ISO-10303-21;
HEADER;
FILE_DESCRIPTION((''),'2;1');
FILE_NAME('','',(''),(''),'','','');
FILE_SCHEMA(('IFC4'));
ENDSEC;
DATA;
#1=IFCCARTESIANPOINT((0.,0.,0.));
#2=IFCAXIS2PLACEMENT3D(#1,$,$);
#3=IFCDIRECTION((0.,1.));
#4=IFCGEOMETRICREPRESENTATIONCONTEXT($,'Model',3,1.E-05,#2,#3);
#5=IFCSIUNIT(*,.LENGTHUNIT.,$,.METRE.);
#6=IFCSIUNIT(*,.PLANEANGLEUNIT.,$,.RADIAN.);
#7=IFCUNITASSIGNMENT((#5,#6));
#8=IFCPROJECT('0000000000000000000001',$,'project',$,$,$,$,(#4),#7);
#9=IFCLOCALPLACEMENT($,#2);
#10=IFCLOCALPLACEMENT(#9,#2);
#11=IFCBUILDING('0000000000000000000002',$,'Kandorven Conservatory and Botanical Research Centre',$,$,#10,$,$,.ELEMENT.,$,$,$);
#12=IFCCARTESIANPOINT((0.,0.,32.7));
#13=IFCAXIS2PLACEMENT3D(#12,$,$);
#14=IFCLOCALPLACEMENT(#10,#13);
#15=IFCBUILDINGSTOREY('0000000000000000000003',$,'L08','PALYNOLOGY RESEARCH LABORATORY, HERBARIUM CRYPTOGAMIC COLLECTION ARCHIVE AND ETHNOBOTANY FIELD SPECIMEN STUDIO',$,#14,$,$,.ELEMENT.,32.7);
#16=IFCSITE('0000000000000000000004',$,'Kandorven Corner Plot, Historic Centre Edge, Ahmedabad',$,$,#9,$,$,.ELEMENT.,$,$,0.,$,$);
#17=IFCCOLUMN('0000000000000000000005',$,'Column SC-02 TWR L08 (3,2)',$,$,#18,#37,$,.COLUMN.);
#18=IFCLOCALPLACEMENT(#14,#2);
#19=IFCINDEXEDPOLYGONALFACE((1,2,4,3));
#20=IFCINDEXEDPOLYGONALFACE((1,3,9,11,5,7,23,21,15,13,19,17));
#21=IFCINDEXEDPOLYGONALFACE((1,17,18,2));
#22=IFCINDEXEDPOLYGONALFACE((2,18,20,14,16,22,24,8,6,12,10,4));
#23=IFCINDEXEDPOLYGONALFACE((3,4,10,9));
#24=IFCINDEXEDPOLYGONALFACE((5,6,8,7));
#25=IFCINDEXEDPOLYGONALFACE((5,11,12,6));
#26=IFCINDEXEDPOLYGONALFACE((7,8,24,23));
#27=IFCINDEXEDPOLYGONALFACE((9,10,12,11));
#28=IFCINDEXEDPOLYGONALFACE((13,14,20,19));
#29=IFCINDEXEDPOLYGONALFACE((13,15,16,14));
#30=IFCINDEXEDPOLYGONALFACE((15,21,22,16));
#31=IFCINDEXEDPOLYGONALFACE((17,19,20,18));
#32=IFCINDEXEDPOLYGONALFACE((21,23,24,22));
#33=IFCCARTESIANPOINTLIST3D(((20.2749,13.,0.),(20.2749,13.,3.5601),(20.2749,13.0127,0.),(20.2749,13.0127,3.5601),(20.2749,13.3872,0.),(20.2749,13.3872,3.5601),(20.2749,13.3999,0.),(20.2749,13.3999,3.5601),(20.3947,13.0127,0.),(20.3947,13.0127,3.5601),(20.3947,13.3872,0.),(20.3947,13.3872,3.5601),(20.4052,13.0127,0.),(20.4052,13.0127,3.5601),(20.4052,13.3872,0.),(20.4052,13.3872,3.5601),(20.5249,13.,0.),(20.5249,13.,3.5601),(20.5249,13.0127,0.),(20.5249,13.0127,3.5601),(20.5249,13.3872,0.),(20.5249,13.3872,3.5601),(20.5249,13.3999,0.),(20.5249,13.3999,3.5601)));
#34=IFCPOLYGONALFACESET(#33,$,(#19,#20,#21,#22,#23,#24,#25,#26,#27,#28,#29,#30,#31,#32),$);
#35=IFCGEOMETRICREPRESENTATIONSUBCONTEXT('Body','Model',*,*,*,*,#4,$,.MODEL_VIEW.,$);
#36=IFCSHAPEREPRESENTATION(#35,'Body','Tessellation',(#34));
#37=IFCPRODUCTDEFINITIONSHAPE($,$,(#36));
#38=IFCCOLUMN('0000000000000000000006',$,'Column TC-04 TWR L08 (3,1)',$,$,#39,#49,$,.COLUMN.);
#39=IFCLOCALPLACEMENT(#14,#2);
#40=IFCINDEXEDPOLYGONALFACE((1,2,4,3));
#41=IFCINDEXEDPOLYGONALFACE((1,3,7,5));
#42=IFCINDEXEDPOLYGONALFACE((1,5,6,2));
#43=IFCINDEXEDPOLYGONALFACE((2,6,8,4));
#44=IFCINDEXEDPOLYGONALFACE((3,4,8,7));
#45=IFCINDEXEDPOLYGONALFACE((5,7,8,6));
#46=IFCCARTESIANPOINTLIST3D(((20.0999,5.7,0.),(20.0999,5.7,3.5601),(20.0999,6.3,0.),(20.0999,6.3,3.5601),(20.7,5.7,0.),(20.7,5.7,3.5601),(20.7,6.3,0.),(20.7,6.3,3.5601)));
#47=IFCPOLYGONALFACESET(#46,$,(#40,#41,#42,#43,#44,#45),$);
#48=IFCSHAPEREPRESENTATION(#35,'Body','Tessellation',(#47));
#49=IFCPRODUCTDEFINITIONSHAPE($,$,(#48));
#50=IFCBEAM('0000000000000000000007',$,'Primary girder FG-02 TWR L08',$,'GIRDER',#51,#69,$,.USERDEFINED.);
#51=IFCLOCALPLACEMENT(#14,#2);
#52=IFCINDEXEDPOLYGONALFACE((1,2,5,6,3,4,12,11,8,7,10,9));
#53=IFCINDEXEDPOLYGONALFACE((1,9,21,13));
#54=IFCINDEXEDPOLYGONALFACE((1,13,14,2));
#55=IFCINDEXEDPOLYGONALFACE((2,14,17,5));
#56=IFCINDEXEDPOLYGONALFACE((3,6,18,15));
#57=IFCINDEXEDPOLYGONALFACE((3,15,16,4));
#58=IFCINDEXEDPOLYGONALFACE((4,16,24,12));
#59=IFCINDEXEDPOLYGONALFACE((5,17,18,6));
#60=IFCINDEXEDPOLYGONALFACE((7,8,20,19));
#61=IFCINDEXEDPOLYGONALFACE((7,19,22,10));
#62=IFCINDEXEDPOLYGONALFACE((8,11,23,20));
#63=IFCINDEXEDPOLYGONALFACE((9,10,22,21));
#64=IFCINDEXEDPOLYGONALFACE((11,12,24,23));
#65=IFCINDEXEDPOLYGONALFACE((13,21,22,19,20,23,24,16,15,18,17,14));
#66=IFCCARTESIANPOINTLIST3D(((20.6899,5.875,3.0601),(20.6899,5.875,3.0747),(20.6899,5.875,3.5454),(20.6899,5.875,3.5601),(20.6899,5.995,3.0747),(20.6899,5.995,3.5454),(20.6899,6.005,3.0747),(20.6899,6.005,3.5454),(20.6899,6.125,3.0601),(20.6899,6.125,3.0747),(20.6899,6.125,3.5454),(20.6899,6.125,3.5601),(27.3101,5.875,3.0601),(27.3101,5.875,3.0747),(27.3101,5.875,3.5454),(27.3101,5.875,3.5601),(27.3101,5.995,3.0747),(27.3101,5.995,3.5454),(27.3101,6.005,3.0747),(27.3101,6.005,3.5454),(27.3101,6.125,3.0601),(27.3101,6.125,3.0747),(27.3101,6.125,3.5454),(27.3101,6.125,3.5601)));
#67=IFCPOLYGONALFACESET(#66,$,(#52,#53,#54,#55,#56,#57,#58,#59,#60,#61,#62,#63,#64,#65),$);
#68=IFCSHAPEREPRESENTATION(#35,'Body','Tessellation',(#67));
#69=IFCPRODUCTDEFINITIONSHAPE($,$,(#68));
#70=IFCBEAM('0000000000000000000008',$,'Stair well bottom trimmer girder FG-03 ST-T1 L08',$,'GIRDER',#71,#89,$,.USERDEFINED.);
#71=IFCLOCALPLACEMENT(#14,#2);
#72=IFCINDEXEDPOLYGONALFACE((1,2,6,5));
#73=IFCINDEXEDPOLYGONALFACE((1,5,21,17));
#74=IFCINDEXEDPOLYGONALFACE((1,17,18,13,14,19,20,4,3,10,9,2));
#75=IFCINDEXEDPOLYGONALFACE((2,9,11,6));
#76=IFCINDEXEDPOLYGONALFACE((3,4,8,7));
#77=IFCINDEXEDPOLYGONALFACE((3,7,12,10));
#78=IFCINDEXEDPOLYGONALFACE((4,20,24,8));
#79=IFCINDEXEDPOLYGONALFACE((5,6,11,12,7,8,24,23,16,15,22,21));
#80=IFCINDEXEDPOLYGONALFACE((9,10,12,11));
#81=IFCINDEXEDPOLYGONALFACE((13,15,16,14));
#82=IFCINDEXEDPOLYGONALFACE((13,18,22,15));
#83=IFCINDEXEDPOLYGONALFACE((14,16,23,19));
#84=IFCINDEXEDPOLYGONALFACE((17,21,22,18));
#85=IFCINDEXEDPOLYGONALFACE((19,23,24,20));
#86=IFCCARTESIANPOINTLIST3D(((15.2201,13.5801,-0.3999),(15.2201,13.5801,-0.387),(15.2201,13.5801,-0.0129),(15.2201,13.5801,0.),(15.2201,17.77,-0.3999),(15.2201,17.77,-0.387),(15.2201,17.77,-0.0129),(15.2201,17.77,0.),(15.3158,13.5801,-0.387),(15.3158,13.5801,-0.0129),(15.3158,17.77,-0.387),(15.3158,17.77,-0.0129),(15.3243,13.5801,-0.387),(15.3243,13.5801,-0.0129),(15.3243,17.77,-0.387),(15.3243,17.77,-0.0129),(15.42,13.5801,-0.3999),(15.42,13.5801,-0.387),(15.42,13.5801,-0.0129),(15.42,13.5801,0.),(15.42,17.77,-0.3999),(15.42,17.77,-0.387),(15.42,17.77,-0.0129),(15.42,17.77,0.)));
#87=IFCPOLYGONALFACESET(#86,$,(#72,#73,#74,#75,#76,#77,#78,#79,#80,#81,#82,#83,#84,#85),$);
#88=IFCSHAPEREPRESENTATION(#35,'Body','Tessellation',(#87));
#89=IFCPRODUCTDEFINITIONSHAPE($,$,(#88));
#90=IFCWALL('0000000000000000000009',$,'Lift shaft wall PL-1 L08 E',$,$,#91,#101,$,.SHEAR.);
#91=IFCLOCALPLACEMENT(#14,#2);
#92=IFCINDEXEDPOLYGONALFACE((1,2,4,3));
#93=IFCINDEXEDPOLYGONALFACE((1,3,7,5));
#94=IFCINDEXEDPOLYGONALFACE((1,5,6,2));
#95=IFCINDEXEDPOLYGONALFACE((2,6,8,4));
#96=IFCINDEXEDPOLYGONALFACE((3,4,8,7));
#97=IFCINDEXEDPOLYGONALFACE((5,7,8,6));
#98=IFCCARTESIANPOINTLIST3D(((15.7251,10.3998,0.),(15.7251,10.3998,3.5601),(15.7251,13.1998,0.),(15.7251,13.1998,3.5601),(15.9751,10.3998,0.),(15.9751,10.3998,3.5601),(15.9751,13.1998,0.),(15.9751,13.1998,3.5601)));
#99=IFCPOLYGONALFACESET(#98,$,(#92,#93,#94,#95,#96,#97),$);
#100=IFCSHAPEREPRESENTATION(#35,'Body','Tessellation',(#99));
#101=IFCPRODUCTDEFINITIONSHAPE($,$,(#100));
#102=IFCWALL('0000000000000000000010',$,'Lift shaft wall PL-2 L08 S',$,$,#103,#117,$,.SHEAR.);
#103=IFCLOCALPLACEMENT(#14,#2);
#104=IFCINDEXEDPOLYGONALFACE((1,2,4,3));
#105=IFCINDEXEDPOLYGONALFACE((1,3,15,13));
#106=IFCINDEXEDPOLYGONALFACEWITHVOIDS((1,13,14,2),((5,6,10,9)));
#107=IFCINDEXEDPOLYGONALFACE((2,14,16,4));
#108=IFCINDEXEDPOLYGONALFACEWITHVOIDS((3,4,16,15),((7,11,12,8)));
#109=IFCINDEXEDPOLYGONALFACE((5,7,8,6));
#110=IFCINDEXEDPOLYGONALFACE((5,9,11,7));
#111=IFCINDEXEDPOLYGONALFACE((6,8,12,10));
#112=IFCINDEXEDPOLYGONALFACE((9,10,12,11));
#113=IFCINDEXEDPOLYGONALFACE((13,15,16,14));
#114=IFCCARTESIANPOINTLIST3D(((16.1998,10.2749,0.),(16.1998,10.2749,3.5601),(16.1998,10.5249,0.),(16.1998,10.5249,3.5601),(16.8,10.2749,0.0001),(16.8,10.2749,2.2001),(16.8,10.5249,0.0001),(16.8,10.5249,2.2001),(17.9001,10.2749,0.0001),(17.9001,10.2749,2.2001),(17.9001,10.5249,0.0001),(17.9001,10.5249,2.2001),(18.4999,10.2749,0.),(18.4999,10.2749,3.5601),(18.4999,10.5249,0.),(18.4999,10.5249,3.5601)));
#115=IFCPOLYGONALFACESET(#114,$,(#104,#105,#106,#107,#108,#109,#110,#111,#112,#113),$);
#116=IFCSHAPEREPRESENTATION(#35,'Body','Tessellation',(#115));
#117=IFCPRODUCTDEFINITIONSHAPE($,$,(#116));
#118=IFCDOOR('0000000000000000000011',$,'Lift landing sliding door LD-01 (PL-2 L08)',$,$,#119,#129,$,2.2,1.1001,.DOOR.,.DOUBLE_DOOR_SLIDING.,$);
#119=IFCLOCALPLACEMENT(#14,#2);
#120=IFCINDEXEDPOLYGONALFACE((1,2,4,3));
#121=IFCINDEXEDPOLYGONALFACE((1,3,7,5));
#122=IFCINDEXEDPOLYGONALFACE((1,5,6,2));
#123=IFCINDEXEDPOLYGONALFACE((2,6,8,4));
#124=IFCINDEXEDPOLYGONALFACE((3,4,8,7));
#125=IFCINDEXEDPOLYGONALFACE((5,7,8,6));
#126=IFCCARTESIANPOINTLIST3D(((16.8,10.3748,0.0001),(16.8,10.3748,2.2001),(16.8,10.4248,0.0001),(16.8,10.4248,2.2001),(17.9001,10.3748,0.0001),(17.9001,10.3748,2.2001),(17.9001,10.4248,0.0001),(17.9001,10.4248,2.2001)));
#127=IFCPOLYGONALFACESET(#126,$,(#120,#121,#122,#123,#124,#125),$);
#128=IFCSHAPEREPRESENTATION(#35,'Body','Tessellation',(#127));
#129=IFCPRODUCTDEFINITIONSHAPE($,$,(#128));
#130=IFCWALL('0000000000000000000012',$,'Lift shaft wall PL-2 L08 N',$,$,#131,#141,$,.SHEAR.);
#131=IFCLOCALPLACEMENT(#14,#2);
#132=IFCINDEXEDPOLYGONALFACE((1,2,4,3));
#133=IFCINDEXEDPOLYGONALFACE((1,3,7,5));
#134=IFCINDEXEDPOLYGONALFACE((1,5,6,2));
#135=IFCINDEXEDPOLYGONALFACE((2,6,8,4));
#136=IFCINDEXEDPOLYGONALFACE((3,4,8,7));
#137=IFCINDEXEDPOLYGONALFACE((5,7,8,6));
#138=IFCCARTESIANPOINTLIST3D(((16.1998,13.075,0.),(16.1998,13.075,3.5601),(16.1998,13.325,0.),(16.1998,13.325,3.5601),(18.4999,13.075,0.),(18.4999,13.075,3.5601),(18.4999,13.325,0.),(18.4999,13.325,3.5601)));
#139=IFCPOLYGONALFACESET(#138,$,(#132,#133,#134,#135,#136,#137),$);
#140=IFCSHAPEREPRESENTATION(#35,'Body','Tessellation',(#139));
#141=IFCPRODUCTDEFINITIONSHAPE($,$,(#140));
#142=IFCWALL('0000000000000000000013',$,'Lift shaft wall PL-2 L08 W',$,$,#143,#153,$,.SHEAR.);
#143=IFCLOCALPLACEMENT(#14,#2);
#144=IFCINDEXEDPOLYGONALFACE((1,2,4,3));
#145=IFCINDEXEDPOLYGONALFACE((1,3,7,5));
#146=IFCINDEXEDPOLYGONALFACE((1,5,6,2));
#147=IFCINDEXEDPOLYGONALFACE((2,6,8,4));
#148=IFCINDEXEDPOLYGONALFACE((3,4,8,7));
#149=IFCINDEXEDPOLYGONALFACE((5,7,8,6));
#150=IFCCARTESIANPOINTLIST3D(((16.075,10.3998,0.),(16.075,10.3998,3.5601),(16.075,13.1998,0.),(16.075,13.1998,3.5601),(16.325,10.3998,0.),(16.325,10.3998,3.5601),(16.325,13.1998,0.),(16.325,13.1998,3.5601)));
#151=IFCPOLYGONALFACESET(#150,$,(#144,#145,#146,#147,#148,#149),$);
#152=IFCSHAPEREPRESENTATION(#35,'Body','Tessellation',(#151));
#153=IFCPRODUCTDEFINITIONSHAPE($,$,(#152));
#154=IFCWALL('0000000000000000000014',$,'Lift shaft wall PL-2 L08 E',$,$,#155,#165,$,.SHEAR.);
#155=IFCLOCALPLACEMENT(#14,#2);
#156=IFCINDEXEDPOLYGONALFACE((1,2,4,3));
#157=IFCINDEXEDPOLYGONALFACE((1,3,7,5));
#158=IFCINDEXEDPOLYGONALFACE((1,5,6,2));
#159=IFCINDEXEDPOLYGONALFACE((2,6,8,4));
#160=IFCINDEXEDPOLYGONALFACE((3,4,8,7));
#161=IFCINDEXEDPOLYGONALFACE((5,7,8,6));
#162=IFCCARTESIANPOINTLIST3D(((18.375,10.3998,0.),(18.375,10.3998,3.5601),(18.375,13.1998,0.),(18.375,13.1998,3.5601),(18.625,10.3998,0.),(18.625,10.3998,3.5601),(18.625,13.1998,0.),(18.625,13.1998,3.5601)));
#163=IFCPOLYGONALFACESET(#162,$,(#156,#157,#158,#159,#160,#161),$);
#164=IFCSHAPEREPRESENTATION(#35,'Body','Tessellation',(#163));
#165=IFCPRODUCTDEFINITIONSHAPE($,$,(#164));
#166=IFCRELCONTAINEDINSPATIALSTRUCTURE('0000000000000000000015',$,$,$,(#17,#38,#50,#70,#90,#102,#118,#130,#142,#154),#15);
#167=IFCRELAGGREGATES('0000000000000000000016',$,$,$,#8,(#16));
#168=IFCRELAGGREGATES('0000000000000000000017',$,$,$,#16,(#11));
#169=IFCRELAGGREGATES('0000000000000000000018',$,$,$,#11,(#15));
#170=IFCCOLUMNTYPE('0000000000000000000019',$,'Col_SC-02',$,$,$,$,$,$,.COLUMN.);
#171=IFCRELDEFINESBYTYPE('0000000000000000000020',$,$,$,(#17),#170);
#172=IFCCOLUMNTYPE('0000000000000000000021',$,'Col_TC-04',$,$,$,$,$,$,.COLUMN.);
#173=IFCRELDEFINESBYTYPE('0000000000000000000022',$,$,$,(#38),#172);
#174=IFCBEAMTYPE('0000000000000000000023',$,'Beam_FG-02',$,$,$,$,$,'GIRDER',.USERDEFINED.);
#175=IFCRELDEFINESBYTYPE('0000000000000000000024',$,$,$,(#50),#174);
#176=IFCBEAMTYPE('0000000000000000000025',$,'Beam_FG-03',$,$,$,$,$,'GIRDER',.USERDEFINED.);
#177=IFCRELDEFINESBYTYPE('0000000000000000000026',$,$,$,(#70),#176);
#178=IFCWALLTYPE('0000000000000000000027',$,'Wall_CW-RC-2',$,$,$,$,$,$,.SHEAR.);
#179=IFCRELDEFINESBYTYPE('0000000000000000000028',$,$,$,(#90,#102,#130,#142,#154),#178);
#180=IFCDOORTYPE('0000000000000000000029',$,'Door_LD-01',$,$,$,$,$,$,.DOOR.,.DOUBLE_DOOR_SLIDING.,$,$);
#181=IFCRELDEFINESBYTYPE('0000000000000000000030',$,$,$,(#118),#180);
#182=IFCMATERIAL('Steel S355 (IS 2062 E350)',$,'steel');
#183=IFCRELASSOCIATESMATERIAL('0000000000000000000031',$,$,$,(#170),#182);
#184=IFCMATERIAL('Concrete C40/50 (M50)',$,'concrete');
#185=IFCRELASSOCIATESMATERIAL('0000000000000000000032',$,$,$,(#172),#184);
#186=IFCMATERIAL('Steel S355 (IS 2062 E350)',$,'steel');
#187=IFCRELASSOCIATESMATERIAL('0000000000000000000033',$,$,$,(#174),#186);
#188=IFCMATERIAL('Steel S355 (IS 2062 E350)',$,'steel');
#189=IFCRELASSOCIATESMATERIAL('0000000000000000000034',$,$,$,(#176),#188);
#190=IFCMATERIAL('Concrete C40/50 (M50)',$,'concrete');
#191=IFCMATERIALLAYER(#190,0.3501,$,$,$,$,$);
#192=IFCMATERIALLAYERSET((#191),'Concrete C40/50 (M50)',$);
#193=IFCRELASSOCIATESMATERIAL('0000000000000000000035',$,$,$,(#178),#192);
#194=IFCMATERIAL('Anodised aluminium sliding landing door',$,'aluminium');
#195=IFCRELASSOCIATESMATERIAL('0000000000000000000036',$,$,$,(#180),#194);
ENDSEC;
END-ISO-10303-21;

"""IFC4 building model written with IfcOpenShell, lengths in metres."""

from ifc_helpers import new_model, si_unit, direction, frame, frame_2d, origin, origin_2d, place, context, subcontext, project, spatial, rectangle, i_section, extrude, material, layer, layer_set, material_profile, profile_set, type_object, element, fill, save


model = new_model("IFC4")

# Units and contexts
model_context = context("Model", 3, precision=1e-05, world=origin(), true_north=direction((0.0, 1.0)))
body_context = subcontext(model_context, "Body", "Model", "MODEL_VIEW")
ifc_project = project(units=[si_unit("LENGTHUNIT", "METRE"), si_unit("PLANEANGLEUNIT", "RADIAN")], contexts=[model_context])

# Site, building, storey
site_placement = place(None, origin())
site = spatial("IfcSite", under=ifc_project, at=site_placement, Name="Kandorven Corner Plot, Historic Centre Edge, Ahmedabad", CompositionType="ELEMENT", RefElevation=0.0)
building_placement = place(site_placement, origin())
building = spatial("IfcBuilding", under=site, at=building_placement, Name="Kandorven Conservatory and Botanical Research Centre", CompositionType="ELEMENT")
storey_placement = place(building_placement, frame((0.0, 0.0, 32.7)))
storey = spatial("IfcBuildingStorey", under=building, at=storey_placement, Name="L08", Description="PALYNOLOGY RESEARCH LABORATORY, HERBARIUM CRYPTOGAMIC COLLECTION ARCHIVE AND ETHNOBOTANY FIELD SPECIMEN STUDIO", CompositionType="ELEMENT", Elevation=32.7)

# Columns
ifc_material_1 = material(Name="Steel S355 (IS 2062 E350)", Category="steel")
ifc_material_profile_1 = material_profile(ifc_material_1, i_section(OverallWidth=0.25, OverallDepth=0.3999, WebThickness=0.0105, FlangeThickness=0.0127, at=origin_2d()))
ifc_profile_set_1 = profile_set([ifc_material_profile_1], Name="Steel S355 (IS 2062 E350)")
column_type_1 = type_object("IfcColumnType", Name="Col_SC-02", PredefinedType="COLUMN", material=ifc_profile_set_1)
column_1_placement = place(storey_placement, frame((20.3999, 13.2, 0.0), z_axis=(0.0, 0.0, 1.0), x_axis=(1.0, 0.0, 0.0)))
element("IfcColumn", 1, at=column_1_placement, inside=storey, type_object=column_type_1, Name="Column SC-02 TWR L08 (3,2)", PredefinedType="COLUMN", context=body_context, shape_type="SweptSolid", body=[
    extrude(i_section(OverallWidth=0.25, OverallDepth=0.3999, WebThickness=0.0105, FlangeThickness=0.0127, at=origin_2d()), origin(), (0.0, 0.0, 1.0), 3.5601),
])
ifc_material_2 = material(Name="Concrete C40/50 (M50)", Category="concrete")
ifc_material_profile_2 = material_profile(ifc_material_2, rectangle(XDim=0.6001, YDim=0.6001, at=origin_2d()))
ifc_profile_set_2 = profile_set([ifc_material_profile_2], Name="Concrete C40/50 (M50)")
column_type_2 = type_object("IfcColumnType", Name="Col_TC-04", PredefinedType="COLUMN", material=ifc_profile_set_2)
column_2_placement = place(storey_placement, frame((20.3999, 6.0, 0.0), z_axis=(0.0, 0.0, 1.0), x_axis=(1.0, 0.0, 0.0)))
element("IfcColumn", 2, at=column_2_placement, inside=storey, type_object=column_type_2, Name="Column TC-04 TWR L08 (3,1)", PredefinedType="COLUMN", context=body_context, shape_type="SweptSolid", body=[
    extrude(rectangle(XDim=0.6001, YDim=0.6001, at=origin_2d()), origin(), (0.0, 0.0, 1.0), 3.5601),
])

# Beams
ifc_material_3 = material(Name="Steel S355 (IS 2062 E350)", Category="steel")
ifc_material_profile_3 = material_profile(ifc_material_3, i_section(OverallWidth=0.25, OverallDepth=0.5, WebThickness=0.01, FlangeThickness=0.0146, at=origin_2d()))
ifc_profile_set_3 = profile_set([ifc_material_profile_3], Name="Steel S355 (IS 2062 E350)")
beam_type_1 = type_object("IfcBeamType", Name="Beam_FG-02", ElementType="GIRDER", PredefinedType="USERDEFINED", material=ifc_profile_set_3)
beam_1_placement = place(storey_placement, frame((20.6899, 6.0, 3.3101), z_axis=(1.0, 0.0, 0.0), x_axis=(0.0, 1.0, 0.0)))
element("IfcBeam", 3, at=beam_1_placement, inside=storey, type_object=beam_type_1, Name="Primary girder FG-02 TWR L08", ObjectType="GIRDER", PredefinedType="USERDEFINED", context=body_context, shape_type="SweptSolid", body=[
    extrude(i_section(OverallWidth=0.25, OverallDepth=0.5, WebThickness=0.01, FlangeThickness=0.0146, at=origin_2d()), origin(), (0.0, 0.0, 1.0), 6.6201),
])
ifc_material_4 = material(Name="Steel S355 (IS 2062 E350)", Category="steel")
ifc_material_profile_4 = material_profile(ifc_material_4, i_section(OverallWidth=0.2, OverallDepth=0.3999, WebThickness=0.0085, FlangeThickness=0.0129, at=origin_2d()))
ifc_profile_set_4 = profile_set([ifc_material_profile_4], Name="Steel S355 (IS 2062 E350)")
beam_type_2 = type_object("IfcBeamType", Name="Beam_FG-03", ElementType="GIRDER", PredefinedType="USERDEFINED", material=ifc_profile_set_4)
beam_2_placement = place(storey_placement, frame((15.3201, 13.5801, -0.2), z_axis=(0.0, 1.0, 0.0), x_axis=(-1.0, 0.0, 0.0)))
element("IfcBeam", 4, at=beam_2_placement, inside=storey, type_object=beam_type_2, Name="Stair well bottom trimmer girder FG-03 ST-T1 L08", ObjectType="GIRDER", PredefinedType="USERDEFINED", context=body_context, shape_type="SweptSolid", body=[
    extrude(i_section(OverallWidth=0.2, OverallDepth=0.3999, WebThickness=0.0085, FlangeThickness=0.0129, at=origin_2d()), origin(), (0.0, 0.0, 1.0), 4.1899),
])

# Wall
ifc_material_5 = material(Name="Concrete C40/50 (M50)", Category="concrete")
ifc_layer_1 = layer(ifc_material_5, 0.3501)
ifc_layer_set_1 = layer_set([ifc_layer_1], Name="Concrete C40/50 (M50)")
wall_type_1 = type_object("IfcWallType", Name="Wall_CW-RC-2", PredefinedType="SHEAR", material=ifc_layer_set_1)
wall_1_placement = place(storey_placement, frame((15.8501, 10.3999, 0.0), z_axis=(0.0, 0.0, 1.0), x_axis=(0.0, 1.0, 0.0)))
element("IfcWall", 5, at=wall_1_placement, inside=storey, type_object=wall_type_1, Name="Lift shaft wall PL-1 L08 E", PredefinedType="SHEAR", context=body_context, shape_type="SweptSolid", body=[
    extrude(rectangle(XDim=2.8, YDim=0.25, at=frame_2d((1.3999, 0.0))), origin(), (0.0, 0.0, 1.0), 3.5601),
])

# Wall, opening, door
wall_2_placement = place(storey_placement, frame((16.2, 10.3999, 0.0), z_axis=(0.0, 0.0, 1.0), x_axis=(1.0, 0.0, 0.0)))
wall_2 = element("IfcWall", 6, at=wall_2_placement, inside=storey, type_object=wall_type_1, Name="Lift shaft wall PL-2 L08 S", PredefinedType="SHEAR", context=body_context, shape_type="SweptSolid", body=[
    extrude(rectangle(XDim=2.3, YDim=0.25, at=frame_2d((1.1499, 0.0))), origin(), (0.0, 0.0, 1.0), 3.5601),
])
opening_1_placement = place(wall_2_placement, frame((0.6001, 0.0, 0.0)))
opening_1 = element("IfcOpeningElement", 7, at=opening_1_placement, cuts=wall_2, PredefinedType="OPENING", context=body_context, shape_type="SweptSolid", body=[
    extrude(rectangle(XDim=1.1001, YDim=2.2, at=frame_2d((0.55, 1.1001))), frame((0.0, 0.135, 0.0), z_axis=(0.0, -1.0, 0.0), x_axis=(1.0, 0.0, 0.0)), (0.0, 0.0, 1.0), 0.27),
])
ifc_material_6 = material(Name="Anodised aluminium sliding landing door", Category="aluminium")
door_type_1 = type_object("IfcDoorType", Name="Door_LD-01", OperationType="DOUBLE_DOOR_SLIDING", PredefinedType="DOOR", material=ifc_material_6)
door_1_placement = place(opening_1_placement, origin())
door_1 = element("IfcDoor", 8, at=door_1_placement, inside=storey, type_object=door_type_1, Name="Lift landing sliding door LD-01 (PL-2 L08)", OperationType="DOUBLE_DOOR_SLIDING", OverallHeight=2.2, OverallWidth=1.1001, PredefinedType="DOOR", context=body_context, shape_type="SweptSolid", body=[
    extrude(rectangle(XDim=1.1001, YDim=2.2, at=frame_2d((0.55, 1.1001))), frame((0.0, 0.0249, 0.0), z_axis=(0.0, -1.0, 0.0), x_axis=(1.0, 0.0, 0.0)), (0.0, 0.0, 1.0), 0.05),
])
fill(opening_1, door_1)

# Walls
wall_3_placement = place(storey_placement, frame((16.2, 13.2, 0.0), z_axis=(0.0, 0.0, 1.0), x_axis=(1.0, 0.0, 0.0)))
element("IfcWall", 9, at=wall_3_placement, inside=storey, type_object=wall_type_1, Name="Lift shaft wall PL-2 L08 N", PredefinedType="SHEAR", context=body_context, shape_type="SweptSolid", body=[
    extrude(rectangle(XDim=2.3, YDim=0.25, at=frame_2d((1.1499, 0.0))), origin(), (0.0, 0.0, 1.0), 3.5601),
])
for number, where, z_axis, x_axis, name in (
    (10, (16.2, 10.3999, 0.0), (0.0, 0.0, 1.0), (0.0, 1.0, 0.0), "Lift shaft wall PL-2 L08 W"),
    (11, (18.5, 10.3999, 0.0), (0.0, 0.0, 1.0), (0.0, 1.0, 0.0), "Lift shaft wall PL-2 L08 E"),
):
    element("IfcWall", number, at=place(storey_placement, frame(where, z_axis=z_axis, x_axis=x_axis)), inside=storey, type_object=wall_type_1, Name=name, PredefinedType="SHEAR", context=body_context, shape_type="SweptSolid", body=[
        extrude(rectangle(XDim=2.8, YDim=0.25, at=frame_2d((1.3999, 0.0))), origin(), (0.0, 0.0, 1.0), 3.5601),
    ])

save(model, "model.ifc")
